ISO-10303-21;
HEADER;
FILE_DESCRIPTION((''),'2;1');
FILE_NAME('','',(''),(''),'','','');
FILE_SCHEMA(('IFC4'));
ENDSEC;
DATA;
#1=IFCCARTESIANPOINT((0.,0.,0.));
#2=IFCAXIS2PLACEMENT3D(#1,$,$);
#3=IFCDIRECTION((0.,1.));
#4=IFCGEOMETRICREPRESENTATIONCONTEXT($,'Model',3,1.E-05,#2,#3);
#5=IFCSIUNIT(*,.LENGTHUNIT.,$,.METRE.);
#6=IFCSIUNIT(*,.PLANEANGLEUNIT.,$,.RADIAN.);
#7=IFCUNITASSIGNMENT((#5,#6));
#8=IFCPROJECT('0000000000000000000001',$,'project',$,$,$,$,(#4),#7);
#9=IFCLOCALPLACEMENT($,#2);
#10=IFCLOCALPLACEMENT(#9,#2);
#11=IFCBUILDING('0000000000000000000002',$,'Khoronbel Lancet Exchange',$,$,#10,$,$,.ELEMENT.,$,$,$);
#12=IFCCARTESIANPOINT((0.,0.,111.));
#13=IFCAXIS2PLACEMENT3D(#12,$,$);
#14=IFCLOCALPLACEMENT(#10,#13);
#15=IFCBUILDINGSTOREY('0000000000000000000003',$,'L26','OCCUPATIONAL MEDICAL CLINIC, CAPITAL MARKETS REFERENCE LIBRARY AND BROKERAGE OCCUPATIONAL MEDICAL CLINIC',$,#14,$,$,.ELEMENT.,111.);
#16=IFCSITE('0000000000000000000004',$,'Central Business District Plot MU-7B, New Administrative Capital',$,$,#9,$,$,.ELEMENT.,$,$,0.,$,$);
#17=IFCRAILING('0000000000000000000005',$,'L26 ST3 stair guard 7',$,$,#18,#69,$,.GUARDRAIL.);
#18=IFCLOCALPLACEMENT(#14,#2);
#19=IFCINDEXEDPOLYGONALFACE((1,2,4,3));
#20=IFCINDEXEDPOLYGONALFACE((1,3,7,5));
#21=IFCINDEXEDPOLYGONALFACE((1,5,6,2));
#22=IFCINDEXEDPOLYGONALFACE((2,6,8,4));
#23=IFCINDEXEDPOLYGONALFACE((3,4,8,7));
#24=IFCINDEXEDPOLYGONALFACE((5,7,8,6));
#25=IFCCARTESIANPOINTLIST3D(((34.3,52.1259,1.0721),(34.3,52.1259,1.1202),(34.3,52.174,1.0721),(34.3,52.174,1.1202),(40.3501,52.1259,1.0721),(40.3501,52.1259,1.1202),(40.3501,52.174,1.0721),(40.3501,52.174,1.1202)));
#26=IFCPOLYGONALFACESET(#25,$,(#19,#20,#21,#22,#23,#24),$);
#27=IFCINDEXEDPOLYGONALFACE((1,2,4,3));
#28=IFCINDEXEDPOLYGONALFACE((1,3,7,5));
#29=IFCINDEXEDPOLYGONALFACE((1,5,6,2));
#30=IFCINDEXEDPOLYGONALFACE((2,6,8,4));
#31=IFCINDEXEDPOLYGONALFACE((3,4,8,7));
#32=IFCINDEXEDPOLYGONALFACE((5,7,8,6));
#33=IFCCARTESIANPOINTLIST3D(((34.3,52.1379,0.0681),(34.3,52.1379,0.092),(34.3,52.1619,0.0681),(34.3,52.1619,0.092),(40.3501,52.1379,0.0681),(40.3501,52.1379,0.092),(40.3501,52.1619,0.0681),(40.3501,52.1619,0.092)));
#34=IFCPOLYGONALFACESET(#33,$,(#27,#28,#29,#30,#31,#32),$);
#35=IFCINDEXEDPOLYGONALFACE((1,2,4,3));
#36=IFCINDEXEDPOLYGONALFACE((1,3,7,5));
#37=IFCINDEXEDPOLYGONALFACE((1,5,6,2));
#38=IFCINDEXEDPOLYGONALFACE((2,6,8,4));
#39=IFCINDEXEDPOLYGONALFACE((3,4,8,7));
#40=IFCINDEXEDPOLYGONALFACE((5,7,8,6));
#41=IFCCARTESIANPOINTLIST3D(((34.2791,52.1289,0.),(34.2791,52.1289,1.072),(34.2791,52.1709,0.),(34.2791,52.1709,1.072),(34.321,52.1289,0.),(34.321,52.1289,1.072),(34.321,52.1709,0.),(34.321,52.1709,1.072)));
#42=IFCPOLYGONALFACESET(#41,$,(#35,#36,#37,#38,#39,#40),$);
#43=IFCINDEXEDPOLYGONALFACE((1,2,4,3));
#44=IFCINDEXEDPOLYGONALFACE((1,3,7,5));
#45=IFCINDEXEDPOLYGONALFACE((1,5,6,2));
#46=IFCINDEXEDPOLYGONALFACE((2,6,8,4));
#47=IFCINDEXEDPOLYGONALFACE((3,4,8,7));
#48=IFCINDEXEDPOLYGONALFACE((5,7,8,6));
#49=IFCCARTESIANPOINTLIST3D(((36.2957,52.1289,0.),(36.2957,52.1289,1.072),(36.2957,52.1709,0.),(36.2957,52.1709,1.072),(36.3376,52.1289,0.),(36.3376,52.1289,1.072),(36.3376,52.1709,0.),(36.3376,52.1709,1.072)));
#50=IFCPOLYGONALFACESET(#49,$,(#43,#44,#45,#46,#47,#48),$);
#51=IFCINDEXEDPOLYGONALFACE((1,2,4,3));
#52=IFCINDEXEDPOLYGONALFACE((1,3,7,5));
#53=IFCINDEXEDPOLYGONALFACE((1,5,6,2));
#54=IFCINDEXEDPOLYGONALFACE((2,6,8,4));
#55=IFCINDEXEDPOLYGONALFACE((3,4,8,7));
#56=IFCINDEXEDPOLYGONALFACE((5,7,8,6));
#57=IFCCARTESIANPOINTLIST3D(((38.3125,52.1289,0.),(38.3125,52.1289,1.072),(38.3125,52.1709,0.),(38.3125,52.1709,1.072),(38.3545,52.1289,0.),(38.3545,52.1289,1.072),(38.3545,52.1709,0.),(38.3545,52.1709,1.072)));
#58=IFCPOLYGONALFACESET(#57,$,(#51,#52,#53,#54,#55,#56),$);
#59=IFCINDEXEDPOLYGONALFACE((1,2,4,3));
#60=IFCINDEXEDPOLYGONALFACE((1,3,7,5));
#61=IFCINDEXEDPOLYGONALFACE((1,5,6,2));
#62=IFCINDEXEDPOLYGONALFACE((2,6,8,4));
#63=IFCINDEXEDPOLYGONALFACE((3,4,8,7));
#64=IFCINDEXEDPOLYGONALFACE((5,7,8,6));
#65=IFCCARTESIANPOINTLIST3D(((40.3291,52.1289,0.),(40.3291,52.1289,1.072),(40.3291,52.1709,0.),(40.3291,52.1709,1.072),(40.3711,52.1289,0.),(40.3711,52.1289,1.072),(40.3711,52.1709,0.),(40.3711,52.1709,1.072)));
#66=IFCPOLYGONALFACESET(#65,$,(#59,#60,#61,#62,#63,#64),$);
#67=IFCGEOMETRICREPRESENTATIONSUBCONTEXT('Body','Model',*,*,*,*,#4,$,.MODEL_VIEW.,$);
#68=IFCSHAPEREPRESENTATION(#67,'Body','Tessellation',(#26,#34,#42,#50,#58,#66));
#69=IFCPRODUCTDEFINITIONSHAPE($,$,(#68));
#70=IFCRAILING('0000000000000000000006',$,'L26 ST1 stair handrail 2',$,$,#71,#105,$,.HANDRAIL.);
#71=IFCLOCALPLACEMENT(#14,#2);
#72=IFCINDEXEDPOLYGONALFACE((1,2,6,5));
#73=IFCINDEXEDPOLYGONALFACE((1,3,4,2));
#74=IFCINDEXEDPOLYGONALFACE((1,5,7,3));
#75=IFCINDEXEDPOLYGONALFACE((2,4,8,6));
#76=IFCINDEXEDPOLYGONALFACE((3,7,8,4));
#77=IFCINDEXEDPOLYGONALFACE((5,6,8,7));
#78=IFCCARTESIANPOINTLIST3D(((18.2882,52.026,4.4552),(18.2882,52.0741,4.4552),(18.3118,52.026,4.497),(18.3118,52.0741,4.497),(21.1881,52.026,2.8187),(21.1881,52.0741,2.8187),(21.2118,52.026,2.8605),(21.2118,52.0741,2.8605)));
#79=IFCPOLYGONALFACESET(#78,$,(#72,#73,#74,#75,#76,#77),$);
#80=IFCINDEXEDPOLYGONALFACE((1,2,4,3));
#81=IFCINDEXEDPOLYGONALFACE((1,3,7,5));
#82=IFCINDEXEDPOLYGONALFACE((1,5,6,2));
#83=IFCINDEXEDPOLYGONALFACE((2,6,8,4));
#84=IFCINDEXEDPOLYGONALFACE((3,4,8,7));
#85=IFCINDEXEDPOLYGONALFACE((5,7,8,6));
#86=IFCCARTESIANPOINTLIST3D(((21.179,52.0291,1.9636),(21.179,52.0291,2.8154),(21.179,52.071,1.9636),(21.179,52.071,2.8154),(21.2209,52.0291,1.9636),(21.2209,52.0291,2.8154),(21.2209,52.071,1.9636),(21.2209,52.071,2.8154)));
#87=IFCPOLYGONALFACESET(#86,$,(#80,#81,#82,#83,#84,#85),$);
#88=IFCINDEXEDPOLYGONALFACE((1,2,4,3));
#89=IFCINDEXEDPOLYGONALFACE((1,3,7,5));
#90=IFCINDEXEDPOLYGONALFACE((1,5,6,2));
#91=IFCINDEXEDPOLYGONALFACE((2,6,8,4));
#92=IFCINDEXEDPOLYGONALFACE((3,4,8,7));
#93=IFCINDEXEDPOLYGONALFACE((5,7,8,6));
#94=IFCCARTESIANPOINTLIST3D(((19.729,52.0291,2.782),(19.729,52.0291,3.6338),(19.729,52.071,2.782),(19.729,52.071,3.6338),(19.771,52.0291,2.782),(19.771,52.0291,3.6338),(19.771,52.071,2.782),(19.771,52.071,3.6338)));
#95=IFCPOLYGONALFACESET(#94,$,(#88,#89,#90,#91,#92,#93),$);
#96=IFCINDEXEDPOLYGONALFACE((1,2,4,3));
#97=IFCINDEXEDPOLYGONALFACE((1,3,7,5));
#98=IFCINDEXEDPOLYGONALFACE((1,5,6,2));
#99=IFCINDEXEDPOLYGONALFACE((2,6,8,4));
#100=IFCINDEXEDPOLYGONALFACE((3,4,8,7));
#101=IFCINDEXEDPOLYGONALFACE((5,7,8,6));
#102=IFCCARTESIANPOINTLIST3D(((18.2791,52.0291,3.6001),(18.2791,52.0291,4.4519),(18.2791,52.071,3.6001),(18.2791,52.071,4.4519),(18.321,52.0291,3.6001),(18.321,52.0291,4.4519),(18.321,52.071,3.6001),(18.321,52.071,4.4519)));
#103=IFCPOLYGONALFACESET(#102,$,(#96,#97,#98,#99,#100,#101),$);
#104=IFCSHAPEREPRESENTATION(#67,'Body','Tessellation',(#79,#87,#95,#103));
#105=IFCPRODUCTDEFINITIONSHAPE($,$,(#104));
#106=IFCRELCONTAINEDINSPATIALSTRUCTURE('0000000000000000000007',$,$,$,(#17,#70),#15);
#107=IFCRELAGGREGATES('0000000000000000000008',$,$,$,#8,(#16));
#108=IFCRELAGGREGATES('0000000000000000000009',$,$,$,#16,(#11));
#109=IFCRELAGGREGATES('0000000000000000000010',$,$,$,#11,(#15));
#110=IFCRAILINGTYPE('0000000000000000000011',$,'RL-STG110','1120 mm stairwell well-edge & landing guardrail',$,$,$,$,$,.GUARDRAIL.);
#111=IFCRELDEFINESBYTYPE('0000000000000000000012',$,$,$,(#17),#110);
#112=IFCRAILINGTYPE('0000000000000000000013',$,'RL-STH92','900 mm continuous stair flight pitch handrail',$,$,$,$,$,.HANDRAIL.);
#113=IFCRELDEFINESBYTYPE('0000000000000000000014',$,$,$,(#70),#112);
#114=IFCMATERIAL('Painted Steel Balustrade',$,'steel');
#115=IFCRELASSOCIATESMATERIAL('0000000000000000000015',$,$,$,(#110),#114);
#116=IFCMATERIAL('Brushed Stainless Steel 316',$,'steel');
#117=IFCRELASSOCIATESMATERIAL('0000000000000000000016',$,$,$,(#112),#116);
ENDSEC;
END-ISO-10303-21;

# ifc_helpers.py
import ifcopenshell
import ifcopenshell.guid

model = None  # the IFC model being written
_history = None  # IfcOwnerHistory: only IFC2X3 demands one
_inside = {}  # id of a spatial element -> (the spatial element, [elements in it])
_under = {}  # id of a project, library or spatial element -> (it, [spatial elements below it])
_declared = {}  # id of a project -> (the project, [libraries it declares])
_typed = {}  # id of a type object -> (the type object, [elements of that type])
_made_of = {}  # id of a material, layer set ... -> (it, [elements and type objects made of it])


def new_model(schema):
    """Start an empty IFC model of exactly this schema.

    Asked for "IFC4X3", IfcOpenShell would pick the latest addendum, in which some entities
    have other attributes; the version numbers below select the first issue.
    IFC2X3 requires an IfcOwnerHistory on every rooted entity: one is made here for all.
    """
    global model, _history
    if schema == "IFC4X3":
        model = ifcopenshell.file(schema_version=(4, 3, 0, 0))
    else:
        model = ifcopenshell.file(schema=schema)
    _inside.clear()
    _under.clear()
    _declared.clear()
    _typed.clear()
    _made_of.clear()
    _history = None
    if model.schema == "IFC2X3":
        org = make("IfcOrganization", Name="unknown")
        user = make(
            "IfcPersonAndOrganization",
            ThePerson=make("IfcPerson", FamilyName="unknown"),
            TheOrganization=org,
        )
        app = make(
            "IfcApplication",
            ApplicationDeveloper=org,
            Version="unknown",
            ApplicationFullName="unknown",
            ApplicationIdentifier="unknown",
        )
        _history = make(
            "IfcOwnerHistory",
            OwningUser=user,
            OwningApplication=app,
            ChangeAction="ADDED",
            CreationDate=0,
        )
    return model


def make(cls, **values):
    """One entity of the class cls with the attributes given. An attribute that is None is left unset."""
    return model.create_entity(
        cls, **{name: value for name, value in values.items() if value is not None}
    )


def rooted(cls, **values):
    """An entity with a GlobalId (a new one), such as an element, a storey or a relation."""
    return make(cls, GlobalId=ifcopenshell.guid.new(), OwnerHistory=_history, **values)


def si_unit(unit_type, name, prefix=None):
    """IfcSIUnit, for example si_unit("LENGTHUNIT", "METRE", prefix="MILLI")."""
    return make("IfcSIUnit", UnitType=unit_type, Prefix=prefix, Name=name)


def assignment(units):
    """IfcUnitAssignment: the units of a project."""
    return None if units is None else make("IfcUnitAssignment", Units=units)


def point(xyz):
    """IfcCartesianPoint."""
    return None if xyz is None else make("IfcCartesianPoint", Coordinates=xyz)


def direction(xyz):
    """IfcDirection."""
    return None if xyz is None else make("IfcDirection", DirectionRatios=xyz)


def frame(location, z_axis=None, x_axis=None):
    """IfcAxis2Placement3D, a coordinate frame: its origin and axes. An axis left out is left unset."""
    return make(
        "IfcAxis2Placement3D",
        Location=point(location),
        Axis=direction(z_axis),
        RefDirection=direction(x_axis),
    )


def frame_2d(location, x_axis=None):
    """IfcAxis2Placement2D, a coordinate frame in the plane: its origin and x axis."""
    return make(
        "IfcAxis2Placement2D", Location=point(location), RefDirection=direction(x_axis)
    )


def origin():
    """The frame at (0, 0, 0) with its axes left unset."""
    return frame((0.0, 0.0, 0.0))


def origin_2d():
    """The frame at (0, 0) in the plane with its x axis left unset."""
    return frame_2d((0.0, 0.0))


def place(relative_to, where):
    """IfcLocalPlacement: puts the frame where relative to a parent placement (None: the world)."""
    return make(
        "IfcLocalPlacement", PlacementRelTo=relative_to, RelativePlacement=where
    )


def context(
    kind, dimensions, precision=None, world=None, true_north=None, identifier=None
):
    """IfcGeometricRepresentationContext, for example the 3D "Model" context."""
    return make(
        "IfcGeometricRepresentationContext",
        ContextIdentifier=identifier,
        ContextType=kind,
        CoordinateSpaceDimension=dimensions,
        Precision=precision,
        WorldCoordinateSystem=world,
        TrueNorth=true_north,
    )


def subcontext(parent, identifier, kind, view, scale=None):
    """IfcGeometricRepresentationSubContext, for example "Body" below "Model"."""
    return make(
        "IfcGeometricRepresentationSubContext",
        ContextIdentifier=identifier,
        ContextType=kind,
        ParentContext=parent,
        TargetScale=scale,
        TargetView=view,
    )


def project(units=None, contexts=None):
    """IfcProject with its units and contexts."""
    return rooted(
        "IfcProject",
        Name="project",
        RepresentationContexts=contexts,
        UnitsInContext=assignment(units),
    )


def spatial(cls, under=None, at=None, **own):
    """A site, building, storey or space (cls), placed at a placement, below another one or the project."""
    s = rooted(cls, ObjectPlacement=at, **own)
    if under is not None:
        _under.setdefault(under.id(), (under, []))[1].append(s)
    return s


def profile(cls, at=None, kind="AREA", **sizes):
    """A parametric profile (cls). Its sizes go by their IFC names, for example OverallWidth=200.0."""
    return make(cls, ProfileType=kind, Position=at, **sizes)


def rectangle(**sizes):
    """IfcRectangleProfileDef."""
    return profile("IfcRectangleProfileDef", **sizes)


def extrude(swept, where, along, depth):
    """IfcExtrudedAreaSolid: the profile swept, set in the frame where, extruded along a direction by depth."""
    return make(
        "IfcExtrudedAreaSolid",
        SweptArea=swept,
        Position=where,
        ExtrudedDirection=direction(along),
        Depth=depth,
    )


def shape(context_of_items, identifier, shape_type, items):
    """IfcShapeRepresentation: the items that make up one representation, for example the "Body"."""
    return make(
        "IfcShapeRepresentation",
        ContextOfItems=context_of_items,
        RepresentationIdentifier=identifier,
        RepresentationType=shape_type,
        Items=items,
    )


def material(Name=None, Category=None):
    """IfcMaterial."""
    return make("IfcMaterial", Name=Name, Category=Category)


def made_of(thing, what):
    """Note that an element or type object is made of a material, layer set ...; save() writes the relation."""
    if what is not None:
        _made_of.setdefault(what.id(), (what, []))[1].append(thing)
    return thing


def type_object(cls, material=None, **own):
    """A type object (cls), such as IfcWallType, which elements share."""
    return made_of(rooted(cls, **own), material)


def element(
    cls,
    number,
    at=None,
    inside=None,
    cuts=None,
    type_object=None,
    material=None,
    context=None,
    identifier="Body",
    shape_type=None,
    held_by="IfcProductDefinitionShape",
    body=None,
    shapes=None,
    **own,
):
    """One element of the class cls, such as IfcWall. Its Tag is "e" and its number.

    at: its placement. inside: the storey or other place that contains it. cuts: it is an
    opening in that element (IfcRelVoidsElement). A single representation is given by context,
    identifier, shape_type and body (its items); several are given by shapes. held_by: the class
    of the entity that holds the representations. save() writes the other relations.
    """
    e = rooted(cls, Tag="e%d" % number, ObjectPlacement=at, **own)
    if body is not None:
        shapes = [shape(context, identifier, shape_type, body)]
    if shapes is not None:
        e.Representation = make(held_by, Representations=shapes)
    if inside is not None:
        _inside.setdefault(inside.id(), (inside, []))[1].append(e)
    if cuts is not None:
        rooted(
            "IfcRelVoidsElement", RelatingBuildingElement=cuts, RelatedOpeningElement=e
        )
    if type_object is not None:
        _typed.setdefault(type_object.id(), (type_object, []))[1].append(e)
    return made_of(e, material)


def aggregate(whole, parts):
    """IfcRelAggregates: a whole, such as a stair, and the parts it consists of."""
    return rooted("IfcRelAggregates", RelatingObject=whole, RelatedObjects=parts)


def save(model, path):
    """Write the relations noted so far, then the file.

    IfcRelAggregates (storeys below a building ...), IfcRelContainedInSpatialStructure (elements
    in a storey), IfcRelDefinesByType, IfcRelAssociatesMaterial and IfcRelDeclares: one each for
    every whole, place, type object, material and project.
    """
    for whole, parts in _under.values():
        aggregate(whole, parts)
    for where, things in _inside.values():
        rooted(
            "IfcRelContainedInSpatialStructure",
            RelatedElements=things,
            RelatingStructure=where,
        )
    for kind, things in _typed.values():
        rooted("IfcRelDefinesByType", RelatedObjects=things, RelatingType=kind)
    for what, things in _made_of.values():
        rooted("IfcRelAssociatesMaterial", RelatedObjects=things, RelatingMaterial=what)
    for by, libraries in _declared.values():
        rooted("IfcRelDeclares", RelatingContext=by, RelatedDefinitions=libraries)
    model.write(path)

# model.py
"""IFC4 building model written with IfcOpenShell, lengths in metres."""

from ifc_helpers import new_model, si_unit, direction, frame, origin, origin_2d, place, context, subcontext, project, spatial, rectangle, extrude, material, type_object, element, save


model = new_model("IFC4")

# Units and contexts
model_context = context("Model", 3, precision=1e-05, world=origin(), true_north=direction((0.0, 1.0)))
body_context = subcontext(model_context, "Body", "Model", "MODEL_VIEW")
ifc_project = project(units=[si_unit("LENGTHUNIT", "METRE"), si_unit("PLANEANGLEUNIT", "RADIAN")], contexts=[model_context])

# Site, building, storey
site_placement = place(None, origin())
site = spatial("IfcSite", under=ifc_project, at=site_placement, Name="Central Business District Plot MU-7B, New Administrative Capital", CompositionType="ELEMENT", RefElevation=0.0)
building_placement = place(site_placement, origin())
building = spatial("IfcBuilding", under=site, at=building_placement, Name="Khoronbel Lancet Exchange", CompositionType="ELEMENT")
storey_placement = place(building_placement, frame((0.0, 0.0, 111.0)))
storey = spatial("IfcBuildingStorey", under=building, at=storey_placement, Name="L26", Description="OCCUPATIONAL MEDICAL CLINIC, CAPITAL MARKETS REFERENCE LIBRARY AND BROKERAGE OCCUPATIONAL MEDICAL CLINIC", CompositionType="ELEMENT", Elevation=111.0)

# Railings
ifc_material_1 = material(Name="Painted Steel Balustrade", Category="steel")
railing_type_1 = type_object("IfcRailingType", Name="RL-STG110", Description="1120 mm stairwell well-edge & landing guardrail", PredefinedType="GUARDRAIL", material=ifc_material_1)
railing_1_placement = place(storey_placement, frame((34.3, 52.1499, 0.0)))
element("IfcRailing", 1, at=railing_1_placement, inside=storey, type_object=railing_type_1, Name="L26 ST3 stair guard 7", PredefinedType="GUARDRAIL", context=body_context, shape_type="SweptSolid", body=[
    extrude(rectangle(XDim=0.0481, YDim=0.0481, at=origin_2d()), frame((0.0, 0.0, 1.0962), z_axis=(1.0, 0.0, 0.0), x_axis=(0.0, 1.0, 0.0)), (0.0, 0.0, 1.0), 6.05),
    extrude(rectangle(XDim=0.0239, YDim=0.0239, at=origin_2d()), frame((0.0, 0.0, 0.0801), z_axis=(1.0, 0.0, 0.0), x_axis=(0.0, 1.0, 0.0)), (0.0, 0.0, 1.0), 6.05),
    extrude(rectangle(XDim=0.042, YDim=0.042, at=origin_2d()), origin(), (0.0, 0.0, 1.0), 1.072),
    extrude(rectangle(XDim=0.042, YDim=0.042, at=origin_2d()), frame((2.0166, 0.0, 0.0)), (0.0, 0.0, 1.0), 1.072),
    extrude(rectangle(XDim=0.042, YDim=0.042, at=origin_2d()), frame((4.0334, 0.0, 0.0)), (0.0, 0.0, 1.0), 1.072),
    extrude(rectangle(XDim=0.042, YDim=0.042, at=origin_2d()), frame((6.05, 0.0, 0.0)), (0.0, 0.0, 1.0), 1.072),
])
ifc_material_2 = material(Name="Brushed Stainless Steel 316", Category="steel")
railing_type_2 = type_object("IfcRailingType", Name="RL-STH92", Description="900 mm continuous stair flight pitch handrail", PredefinedType="HANDRAIL", material=ifc_material_2)
railing_2_placement = place(storey_placement, frame((21.2, 52.05, 1.9636)))
element("IfcRailing", 2, at=railing_2_placement, inside=storey, type_object=railing_type_2, Name="L26 ST1 stair handrail 2", PredefinedType="HANDRAIL", context=body_context, shape_type="SweptSolid", body=[
    extrude(rectangle(XDim=0.0481, YDim=0.0481, at=origin_2d()), frame((0.0, 0.0, 0.876), z_axis=(-0.870897, 0.0, 0.491465), x_axis=(0.0, -1.0, 0.0)), (0.0, 0.0, 1.0), 3.3298),
    extrude(rectangle(XDim=0.042, YDim=0.042, at=origin_2d()), origin(), (0.0, 0.0, 1.0), 0.8518),
    extrude(rectangle(XDim=0.042, YDim=0.042, at=origin_2d()), frame((-1.45, 0.0, 0.8184)), (0.0, 0.0, 1.0), 0.8518),
    extrude(rectangle(XDim=0.042, YDim=0.042, at=origin_2d()), frame((-2.8999, 0.0, 1.6365)), (0.0, 0.0, 1.0), 0.8518),
])

save(model, "model.ifc")
